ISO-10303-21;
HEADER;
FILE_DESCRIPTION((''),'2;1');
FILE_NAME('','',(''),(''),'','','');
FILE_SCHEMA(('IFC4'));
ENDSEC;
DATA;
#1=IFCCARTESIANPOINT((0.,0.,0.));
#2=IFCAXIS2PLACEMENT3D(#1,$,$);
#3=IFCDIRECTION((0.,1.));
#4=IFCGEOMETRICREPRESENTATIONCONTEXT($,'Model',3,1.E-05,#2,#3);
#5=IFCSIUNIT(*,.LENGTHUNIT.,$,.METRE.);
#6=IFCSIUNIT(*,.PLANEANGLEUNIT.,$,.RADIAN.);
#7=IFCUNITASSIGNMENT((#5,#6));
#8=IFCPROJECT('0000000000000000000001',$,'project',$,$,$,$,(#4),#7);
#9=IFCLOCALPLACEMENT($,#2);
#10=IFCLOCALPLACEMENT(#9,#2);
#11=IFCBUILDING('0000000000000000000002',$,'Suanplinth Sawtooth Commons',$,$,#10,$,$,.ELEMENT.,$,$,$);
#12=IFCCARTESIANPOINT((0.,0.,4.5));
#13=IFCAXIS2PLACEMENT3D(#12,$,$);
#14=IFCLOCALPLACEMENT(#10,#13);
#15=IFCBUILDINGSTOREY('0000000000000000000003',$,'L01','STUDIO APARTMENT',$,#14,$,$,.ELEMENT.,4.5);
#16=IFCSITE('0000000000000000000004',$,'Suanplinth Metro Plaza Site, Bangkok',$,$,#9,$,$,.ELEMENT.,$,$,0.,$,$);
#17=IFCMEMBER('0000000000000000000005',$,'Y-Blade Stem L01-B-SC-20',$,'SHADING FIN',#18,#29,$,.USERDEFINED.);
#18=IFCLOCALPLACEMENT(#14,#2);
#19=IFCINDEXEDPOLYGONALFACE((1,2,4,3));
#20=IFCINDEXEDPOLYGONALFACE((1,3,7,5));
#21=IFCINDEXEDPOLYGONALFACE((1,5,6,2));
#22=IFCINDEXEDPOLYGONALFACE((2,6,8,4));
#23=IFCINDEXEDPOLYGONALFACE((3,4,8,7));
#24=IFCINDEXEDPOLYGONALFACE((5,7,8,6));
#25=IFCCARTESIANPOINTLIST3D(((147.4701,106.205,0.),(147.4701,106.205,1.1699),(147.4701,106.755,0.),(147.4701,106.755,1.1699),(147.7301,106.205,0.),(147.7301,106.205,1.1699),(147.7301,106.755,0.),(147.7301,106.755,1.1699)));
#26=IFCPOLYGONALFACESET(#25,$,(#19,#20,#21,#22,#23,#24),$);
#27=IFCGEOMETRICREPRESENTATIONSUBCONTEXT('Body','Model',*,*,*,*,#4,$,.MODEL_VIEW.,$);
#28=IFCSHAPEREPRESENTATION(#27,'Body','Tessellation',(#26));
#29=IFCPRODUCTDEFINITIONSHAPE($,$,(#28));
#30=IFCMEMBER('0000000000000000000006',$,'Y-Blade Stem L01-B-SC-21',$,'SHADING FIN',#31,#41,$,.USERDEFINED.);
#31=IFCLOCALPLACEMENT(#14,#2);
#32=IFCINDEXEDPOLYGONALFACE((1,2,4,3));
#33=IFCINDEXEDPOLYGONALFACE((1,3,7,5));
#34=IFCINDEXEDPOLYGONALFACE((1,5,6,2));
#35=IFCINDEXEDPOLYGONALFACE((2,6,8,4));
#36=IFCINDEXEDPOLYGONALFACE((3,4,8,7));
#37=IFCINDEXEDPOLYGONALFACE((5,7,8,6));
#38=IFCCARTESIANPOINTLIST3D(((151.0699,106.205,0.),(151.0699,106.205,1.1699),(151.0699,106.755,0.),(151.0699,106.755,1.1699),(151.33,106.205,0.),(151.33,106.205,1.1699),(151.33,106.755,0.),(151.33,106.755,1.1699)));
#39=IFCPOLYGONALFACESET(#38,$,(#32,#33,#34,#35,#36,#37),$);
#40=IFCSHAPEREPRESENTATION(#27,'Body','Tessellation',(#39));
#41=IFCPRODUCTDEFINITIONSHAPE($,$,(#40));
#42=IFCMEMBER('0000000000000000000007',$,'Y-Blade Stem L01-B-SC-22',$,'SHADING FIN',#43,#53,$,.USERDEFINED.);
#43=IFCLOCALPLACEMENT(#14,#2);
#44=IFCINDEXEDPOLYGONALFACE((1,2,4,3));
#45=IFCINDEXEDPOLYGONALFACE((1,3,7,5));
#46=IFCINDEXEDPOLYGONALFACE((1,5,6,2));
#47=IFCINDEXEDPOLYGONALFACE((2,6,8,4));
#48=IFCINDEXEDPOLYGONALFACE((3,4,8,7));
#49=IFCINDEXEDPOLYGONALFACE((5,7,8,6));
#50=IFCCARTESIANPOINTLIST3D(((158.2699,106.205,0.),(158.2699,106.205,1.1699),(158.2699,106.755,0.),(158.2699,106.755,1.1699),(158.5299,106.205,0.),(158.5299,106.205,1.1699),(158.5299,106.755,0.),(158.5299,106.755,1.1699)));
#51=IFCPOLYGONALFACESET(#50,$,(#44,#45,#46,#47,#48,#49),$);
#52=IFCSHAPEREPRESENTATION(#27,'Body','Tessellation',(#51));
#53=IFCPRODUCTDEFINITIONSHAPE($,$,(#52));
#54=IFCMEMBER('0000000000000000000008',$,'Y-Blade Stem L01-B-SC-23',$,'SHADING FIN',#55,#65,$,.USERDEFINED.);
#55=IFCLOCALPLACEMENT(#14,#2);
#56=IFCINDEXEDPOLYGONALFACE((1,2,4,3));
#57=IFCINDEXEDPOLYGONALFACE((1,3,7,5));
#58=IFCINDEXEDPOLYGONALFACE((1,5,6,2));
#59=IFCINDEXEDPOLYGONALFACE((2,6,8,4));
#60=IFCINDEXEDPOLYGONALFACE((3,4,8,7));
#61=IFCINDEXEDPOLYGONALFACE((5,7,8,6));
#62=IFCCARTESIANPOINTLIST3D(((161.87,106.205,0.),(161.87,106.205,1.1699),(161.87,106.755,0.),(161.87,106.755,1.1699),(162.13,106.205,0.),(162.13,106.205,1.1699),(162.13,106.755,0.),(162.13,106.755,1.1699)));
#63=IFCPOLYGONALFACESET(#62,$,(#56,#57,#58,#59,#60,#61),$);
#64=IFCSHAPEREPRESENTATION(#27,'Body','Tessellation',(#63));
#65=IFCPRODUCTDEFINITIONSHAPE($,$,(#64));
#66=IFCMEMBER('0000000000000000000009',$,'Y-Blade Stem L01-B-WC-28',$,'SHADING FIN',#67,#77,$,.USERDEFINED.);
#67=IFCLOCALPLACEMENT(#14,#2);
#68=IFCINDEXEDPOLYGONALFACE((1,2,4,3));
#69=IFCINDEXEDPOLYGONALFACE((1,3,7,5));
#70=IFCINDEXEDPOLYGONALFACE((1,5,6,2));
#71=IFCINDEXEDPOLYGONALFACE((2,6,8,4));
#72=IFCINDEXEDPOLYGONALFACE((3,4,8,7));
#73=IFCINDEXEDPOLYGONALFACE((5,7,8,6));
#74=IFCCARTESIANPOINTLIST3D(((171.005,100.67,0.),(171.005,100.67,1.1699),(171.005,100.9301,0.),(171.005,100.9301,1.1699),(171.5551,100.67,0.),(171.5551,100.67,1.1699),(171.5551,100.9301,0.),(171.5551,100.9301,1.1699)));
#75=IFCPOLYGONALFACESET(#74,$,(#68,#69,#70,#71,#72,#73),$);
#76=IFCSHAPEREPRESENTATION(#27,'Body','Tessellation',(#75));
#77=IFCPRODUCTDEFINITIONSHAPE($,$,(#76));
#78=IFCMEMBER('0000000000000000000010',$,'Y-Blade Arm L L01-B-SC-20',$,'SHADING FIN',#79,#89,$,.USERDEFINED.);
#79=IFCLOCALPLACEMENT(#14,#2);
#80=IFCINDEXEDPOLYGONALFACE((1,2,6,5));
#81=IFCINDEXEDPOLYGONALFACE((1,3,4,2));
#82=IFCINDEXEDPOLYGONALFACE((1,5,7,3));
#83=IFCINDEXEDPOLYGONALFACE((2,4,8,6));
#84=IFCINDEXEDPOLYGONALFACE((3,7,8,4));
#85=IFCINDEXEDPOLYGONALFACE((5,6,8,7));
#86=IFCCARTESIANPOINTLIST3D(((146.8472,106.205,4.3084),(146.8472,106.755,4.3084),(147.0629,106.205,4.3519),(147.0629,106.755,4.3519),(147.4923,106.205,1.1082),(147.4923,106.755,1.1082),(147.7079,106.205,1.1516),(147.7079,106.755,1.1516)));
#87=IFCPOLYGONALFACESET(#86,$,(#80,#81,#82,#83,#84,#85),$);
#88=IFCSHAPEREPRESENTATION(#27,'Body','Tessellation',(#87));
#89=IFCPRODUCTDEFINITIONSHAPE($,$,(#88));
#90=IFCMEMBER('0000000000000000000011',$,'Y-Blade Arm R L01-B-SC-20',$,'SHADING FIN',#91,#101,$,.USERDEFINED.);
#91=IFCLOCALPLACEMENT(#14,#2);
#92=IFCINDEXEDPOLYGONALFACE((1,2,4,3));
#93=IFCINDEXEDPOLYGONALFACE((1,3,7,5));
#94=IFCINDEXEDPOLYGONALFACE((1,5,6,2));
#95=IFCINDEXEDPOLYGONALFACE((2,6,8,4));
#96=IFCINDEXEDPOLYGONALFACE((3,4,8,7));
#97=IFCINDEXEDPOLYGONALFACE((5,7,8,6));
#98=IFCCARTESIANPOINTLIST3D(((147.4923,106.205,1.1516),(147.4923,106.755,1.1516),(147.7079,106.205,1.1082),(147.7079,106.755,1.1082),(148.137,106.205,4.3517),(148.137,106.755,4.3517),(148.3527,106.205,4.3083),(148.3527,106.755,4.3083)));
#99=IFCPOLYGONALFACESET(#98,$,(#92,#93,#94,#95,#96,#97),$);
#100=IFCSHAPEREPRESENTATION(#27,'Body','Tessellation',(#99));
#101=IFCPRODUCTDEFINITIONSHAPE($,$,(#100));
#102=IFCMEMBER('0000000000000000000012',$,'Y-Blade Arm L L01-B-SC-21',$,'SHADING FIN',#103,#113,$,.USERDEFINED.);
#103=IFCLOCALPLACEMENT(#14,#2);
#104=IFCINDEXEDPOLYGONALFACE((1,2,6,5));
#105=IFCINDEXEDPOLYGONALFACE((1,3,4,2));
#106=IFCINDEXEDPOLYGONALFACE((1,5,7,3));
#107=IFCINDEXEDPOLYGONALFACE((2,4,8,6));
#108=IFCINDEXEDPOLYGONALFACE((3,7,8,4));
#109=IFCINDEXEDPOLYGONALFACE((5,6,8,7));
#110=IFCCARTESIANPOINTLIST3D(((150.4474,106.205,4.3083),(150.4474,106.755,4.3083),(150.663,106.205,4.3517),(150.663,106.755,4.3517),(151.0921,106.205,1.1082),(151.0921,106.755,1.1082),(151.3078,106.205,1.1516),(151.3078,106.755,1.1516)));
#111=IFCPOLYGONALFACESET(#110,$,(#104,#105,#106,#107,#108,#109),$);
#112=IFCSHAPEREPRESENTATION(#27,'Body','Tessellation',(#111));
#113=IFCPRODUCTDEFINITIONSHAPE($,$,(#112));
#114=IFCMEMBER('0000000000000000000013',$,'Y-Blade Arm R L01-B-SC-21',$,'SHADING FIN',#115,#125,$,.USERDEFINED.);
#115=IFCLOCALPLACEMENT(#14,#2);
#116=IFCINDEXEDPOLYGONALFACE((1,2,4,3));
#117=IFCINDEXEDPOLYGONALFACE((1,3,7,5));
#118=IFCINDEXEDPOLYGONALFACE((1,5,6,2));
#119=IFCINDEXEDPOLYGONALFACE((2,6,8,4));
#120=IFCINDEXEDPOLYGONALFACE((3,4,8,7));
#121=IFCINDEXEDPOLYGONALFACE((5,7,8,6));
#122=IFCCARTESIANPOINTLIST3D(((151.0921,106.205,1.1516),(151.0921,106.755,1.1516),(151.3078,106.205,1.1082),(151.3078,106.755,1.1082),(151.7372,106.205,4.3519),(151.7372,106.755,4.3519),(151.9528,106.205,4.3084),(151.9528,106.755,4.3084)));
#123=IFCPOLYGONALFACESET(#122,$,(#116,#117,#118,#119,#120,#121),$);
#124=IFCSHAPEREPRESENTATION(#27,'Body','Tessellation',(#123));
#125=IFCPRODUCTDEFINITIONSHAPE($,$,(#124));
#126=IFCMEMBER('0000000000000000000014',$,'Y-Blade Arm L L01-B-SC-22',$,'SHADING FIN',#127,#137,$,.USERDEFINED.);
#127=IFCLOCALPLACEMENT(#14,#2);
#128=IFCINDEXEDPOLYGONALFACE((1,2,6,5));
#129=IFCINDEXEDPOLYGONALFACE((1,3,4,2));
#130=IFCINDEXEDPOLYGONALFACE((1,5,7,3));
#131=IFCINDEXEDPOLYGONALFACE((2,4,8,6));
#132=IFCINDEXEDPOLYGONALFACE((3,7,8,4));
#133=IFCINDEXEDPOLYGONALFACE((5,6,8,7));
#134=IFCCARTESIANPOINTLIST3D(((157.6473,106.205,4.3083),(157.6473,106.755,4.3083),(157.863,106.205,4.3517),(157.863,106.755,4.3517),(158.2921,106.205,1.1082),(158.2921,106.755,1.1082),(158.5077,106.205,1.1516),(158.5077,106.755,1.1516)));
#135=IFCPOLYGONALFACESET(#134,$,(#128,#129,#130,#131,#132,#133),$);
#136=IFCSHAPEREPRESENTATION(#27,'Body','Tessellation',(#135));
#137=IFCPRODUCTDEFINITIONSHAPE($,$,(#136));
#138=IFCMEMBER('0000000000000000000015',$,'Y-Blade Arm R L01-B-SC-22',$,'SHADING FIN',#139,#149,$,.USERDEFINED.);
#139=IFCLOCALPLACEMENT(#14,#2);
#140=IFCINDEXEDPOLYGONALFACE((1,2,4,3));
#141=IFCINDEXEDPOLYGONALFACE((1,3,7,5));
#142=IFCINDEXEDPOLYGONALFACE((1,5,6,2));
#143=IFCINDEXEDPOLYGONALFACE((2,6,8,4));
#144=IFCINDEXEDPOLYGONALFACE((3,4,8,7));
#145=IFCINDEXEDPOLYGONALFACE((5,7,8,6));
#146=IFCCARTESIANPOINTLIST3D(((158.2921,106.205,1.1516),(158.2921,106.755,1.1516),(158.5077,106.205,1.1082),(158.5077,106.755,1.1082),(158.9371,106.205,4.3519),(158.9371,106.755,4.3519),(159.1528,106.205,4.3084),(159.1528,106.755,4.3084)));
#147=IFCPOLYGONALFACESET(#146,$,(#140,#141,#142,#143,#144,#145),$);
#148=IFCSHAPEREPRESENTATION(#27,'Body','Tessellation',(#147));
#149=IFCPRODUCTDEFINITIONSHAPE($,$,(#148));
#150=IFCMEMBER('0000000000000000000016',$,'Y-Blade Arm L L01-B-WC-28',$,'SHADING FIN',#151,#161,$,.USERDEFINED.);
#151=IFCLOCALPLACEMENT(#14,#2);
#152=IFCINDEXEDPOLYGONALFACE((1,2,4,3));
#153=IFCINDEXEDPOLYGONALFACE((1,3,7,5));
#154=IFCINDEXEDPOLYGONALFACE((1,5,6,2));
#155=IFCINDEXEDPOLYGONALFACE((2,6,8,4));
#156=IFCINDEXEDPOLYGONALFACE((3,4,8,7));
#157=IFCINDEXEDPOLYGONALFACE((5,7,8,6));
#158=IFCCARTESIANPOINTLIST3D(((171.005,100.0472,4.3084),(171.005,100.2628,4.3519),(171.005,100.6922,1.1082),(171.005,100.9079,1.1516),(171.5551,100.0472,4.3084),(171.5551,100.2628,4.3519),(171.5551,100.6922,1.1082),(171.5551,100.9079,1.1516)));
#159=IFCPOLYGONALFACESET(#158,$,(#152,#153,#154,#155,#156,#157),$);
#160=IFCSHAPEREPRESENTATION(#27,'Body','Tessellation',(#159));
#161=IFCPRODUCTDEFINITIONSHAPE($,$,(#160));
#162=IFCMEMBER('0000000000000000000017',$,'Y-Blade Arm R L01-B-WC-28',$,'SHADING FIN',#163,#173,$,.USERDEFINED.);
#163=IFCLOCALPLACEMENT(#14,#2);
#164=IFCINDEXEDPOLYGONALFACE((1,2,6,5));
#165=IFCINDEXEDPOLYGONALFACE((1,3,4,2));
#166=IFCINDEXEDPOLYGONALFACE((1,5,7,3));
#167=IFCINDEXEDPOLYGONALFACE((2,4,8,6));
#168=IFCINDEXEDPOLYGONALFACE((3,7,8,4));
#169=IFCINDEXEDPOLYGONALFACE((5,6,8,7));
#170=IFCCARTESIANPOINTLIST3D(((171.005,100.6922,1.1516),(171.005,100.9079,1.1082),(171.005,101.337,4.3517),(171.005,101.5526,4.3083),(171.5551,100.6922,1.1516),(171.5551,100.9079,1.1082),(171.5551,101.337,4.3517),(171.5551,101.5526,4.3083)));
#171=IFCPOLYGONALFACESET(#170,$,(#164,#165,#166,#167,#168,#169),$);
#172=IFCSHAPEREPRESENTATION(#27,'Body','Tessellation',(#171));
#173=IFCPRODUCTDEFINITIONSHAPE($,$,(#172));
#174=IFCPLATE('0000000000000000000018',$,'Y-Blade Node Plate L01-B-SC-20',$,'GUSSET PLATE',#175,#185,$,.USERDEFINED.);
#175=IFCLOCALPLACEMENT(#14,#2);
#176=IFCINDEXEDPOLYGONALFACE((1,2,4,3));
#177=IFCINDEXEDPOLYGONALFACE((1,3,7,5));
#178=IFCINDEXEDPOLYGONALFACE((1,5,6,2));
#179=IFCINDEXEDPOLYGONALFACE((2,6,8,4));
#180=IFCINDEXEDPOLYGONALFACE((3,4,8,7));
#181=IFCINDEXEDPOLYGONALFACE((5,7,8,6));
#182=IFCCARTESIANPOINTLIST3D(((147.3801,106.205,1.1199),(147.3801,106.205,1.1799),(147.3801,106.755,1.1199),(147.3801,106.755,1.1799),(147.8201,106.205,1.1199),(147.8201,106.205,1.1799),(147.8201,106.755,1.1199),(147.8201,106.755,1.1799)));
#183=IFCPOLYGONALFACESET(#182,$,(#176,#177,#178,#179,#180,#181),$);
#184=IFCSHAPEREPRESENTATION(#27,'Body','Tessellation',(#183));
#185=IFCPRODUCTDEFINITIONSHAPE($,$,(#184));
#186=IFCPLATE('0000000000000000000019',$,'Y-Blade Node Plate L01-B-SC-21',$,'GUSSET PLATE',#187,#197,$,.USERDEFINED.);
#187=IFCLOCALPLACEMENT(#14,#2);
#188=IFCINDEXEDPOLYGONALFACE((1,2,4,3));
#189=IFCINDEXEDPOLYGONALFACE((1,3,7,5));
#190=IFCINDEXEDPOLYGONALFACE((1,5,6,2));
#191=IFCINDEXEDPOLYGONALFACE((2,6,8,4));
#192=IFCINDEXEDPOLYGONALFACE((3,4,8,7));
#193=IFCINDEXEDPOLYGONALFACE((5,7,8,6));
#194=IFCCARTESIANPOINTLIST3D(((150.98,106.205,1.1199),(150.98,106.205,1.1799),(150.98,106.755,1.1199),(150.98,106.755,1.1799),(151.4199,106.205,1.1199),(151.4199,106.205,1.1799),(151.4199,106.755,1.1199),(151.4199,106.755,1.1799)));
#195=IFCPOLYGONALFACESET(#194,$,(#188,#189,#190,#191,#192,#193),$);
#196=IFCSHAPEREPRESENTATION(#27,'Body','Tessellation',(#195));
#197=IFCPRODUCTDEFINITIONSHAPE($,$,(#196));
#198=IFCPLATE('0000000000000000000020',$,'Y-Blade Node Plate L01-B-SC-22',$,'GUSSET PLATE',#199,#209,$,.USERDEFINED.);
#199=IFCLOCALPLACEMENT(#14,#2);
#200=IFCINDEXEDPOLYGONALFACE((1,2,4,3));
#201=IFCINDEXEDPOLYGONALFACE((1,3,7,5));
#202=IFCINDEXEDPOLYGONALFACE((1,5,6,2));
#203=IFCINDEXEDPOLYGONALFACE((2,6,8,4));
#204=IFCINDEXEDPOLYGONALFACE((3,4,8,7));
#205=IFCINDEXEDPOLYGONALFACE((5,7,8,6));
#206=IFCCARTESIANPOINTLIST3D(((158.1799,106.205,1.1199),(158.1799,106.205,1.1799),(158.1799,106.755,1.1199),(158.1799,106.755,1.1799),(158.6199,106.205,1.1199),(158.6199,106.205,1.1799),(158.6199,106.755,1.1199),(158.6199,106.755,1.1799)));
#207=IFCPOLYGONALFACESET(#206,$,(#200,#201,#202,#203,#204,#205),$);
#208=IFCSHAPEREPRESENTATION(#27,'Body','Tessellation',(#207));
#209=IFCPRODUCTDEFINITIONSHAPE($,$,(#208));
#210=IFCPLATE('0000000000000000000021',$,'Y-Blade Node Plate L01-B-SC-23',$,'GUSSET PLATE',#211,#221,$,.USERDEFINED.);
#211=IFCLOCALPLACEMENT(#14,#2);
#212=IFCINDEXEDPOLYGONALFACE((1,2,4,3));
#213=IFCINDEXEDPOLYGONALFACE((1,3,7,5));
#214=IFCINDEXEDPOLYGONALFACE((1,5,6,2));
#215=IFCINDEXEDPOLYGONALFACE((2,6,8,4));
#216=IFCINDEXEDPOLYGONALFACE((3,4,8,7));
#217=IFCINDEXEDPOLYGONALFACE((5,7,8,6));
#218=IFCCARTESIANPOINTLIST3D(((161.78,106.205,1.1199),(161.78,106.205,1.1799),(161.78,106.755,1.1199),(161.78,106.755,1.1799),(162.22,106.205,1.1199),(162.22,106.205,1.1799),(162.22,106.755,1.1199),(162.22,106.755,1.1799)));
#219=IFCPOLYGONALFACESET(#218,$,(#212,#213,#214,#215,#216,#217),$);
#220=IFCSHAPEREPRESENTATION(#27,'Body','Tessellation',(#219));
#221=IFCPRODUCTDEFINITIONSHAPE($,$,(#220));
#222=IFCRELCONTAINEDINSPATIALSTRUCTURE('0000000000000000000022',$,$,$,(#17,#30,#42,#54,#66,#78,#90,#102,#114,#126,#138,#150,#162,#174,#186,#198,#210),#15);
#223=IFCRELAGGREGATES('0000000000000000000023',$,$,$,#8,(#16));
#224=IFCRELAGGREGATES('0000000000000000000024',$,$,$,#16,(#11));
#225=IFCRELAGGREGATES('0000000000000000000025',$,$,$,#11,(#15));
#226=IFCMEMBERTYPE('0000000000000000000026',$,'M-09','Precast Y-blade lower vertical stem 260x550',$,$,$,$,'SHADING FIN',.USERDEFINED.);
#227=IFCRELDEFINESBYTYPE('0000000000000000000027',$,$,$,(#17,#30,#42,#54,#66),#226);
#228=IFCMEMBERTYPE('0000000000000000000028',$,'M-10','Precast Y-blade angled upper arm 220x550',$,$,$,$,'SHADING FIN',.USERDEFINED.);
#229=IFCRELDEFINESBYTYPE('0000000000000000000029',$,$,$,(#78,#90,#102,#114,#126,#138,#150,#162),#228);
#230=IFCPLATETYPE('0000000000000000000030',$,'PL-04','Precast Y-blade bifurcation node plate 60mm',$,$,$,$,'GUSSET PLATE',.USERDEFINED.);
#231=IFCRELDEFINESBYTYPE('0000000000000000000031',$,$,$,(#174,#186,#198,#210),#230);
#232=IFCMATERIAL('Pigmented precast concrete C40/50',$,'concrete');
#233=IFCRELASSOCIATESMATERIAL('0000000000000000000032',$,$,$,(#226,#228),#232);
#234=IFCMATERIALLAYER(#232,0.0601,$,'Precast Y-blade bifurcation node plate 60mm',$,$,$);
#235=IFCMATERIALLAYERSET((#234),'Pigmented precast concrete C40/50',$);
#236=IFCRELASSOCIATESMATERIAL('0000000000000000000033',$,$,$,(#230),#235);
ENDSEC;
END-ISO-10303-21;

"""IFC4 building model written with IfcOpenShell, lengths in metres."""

from ifc_helpers import new_model, si_unit, direction, frame, origin, origin_2d, place, context, subcontext, project, spatial, rectangle, extrude, material, layer, layer_set, material_profile, profile_set, type_object, element, save


model = new_model("IFC4")

# Units and contexts
model_context = context("Model", 3, precision=1e-05, world=origin(), true_north=direction((0.0, 1.0)))
body_context = subcontext(model_context, "Body", "Model", "MODEL_VIEW")
ifc_project = project(units=[si_unit("LENGTHUNIT", "METRE"), si_unit("PLANEANGLEUNIT", "RADIAN")], contexts=[model_context])

# Site, building, storey
site_placement = place(None, origin())
site = spatial("IfcSite", under=ifc_project, at=site_placement, Name="Suanplinth Metro Plaza Site, Bangkok", CompositionType="ELEMENT", RefElevation=0.0)
building_placement = place(site_placement, origin())
building = spatial("IfcBuilding", under=site, at=building_placement, Name="Suanplinth Sawtooth Commons", CompositionType="ELEMENT")
storey_placement = place(building_placement, frame((0.0, 0.0, 4.5)))
storey = spatial("IfcBuildingStorey", under=building, at=storey_placement, Name="L01", Description="STUDIO APARTMENT", CompositionType="ELEMENT", Elevation=4.5)

# Members
ifc_material_1 = material(Name="Pigmented precast concrete C40/50", Category="concrete")
ifc_material_profile_1 = material_profile(ifc_material_1, rectangle(XDim=0.26, YDim=0.55, at=origin_2d()), Name="PC-FIN 260x550")
ifc_profile_set_1 = profile_set([ifc_material_profile_1], Name="Pigmented precast concrete C40/50")
member_type_1 = type_object("IfcMemberType", Name="M-09", Description="Precast Y-blade lower vertical stem 260x550", ElementType="SHADING FIN", PredefinedType="USERDEFINED", material=ifc_profile_set_1)
for number, where, z_axis, x_axis, name in (
    (1, (147.6001, 106.48, 0.0), (0.0, 0.0, 1.0), (1.0, 0.0, 0.0), "Y-Blade Stem L01-B-SC-20"),
    (2, (151.2, 106.48, 0.0), (0.0, 0.0, 1.0), (1.0, 0.0, 0.0), "Y-Blade Stem L01-B-SC-21"),
    (3, (158.3999, 106.48, 0.0), (0.0, 0.0, 1.0), (1.0, 0.0, 0.0), "Y-Blade Stem L01-B-SC-22"),
    (4, (162.0, 106.48, 0.0), (0.0, 0.0, 1.0), (1.0, 0.0, 0.0), "Y-Blade Stem L01-B-SC-23"),
    (5, (171.28, 100.8, 0.0), (0.0, 0.0, 1.0), (0.0, 1.0, 0.0), "Y-Blade Stem L01-B-WC-28"),
):
    element("IfcMember", number, at=place(storey_placement, frame(where, z_axis=z_axis, x_axis=x_axis)), inside=storey, type_object=member_type_1, Name=name, ObjectType="SHADING FIN", PredefinedType="USERDEFINED", context=body_context, shape_type="SweptSolid", body=[
        extrude(rectangle(XDim=0.26, YDim=0.55, at=origin_2d()), origin(), (0.0, 0.0, 1.0), 1.1699),
    ])
ifc_material_profile_2 = material_profile(ifc_material_1, rectangle(XDim=0.22, YDim=0.55, at=origin_2d()), Name="PC-FIN 220x550")
ifc_profile_set_2 = profile_set([ifc_material_profile_2], Name="Pigmented precast concrete C40/50")
member_type_2 = type_object("IfcMemberType", Name="M-10", Description="Precast Y-blade angled upper arm 220x550", ElementType="SHADING FIN", PredefinedType="USERDEFINED", material=ifc_profile_set_2)
member_1_placement = place(storey_placement, frame((147.6001, 106.48, 1.1299), z_axis=(-0.197583, 0.0, 0.980286), x_axis=(0.980286, 0.0, 0.197583)))
element("IfcMember", 6, at=member_1_placement, inside=storey, type_object=member_type_2, Name="Y-Blade Arm L L01-B-SC-20", ObjectType="SHADING FIN", PredefinedType="USERDEFINED", context=body_context, shape_type="SweptSolid", body=[
    extrude(rectangle(XDim=0.22, YDim=0.55, at=origin_2d()), origin(), (0.0, 0.0, 1.0), 3.2646),
])
for number, where, z_axis, x_axis, name in (
    (7, (147.6001, 106.48, 1.1299), (0.197511, 0.0, 0.980301), (-0.980301, 0.0, 0.197511), "Y-Blade Arm R L01-B-SC-20"),
    (8, (151.2, 106.48, 1.1299), (-0.197511, 0.0, 0.980301), (0.980301, 0.0, 0.197511), "Y-Blade Arm L L01-B-SC-21"),
):
    element("IfcMember", number, at=place(storey_placement, frame(where, z_axis=z_axis, x_axis=x_axis)), inside=storey, type_object=member_type_2, Name=name, ObjectType="SHADING FIN", PredefinedType="USERDEFINED", context=body_context, shape_type="SweptSolid", body=[
        extrude(rectangle(XDim=0.22, YDim=0.55, at=origin_2d()), origin(), (0.0, 0.0, 1.0), 3.2644),
    ])
member_2_placement = place(storey_placement, frame((151.2, 106.48, 1.1299), z_axis=(0.197583, 0.0, 0.980286), x_axis=(-0.980286, 0.0, 0.197583)))
element("IfcMember", 9, at=member_2_placement, inside=storey, type_object=member_type_2, Name="Y-Blade Arm R L01-B-SC-21", ObjectType="SHADING FIN", PredefinedType="USERDEFINED", context=body_context, shape_type="SweptSolid", body=[
    extrude(rectangle(XDim=0.22, YDim=0.55, at=origin_2d()), origin(), (0.0, 0.0, 1.0), 3.2646),
])
member_3_placement = place(storey_placement, frame((158.3999, 106.48, 1.1299), z_axis=(-0.197511, 0.0, 0.980301), x_axis=(0.980301, 0.0, 0.197511)))
element("IfcMember", 10, at=member_3_placement, inside=storey, type_object=member_type_2, Name="Y-Blade Arm L L01-B-SC-22", ObjectType="SHADING FIN", PredefinedType="USERDEFINED", context=body_context, shape_type="SweptSolid", body=[
    extrude(rectangle(XDim=0.22, YDim=0.55, at=origin_2d()), origin(), (0.0, 0.0, 1.0), 3.2644),
])
for number, where, z_axis, x_axis, name in (
    (11, (158.3999, 106.48, 1.1299), (0.197583, 0.0, 0.980286), (-0.980286, 0.0, 0.197583), "Y-Blade Arm R L01-B-SC-22"),
    (12, (171.28, 100.8, 1.1299), (0.0, -0.197583, 0.980286), (0.0, 0.980286, 0.197583), "Y-Blade Arm L L01-B-WC-28"),
):
    element("IfcMember", number, at=place(storey_placement, frame(where, z_axis=z_axis, x_axis=x_axis)), inside=storey, type_object=member_type_2, Name=name, ObjectType="SHADING FIN", PredefinedType="USERDEFINED", context=body_context, shape_type="SweptSolid", body=[
        extrude(rectangle(XDim=0.22, YDim=0.55, at=origin_2d()), origin(), (0.0, 0.0, 1.0), 3.2646),
    ])
member_4_placement = place(storey_placement, frame((171.28, 100.8, 1.1299), z_axis=(0.0, 0.197511, 0.980301), x_axis=(0.0, -0.980301, 0.197511)))
element("IfcMember", 13, at=member_4_placement, inside=storey, type_object=member_type_2, Name="Y-Blade Arm R L01-B-WC-28", ObjectType="SHADING FIN", PredefinedType="USERDEFINED", context=body_context, shape_type="SweptSolid", body=[
    extrude(rectangle(XDim=0.22, YDim=0.55, at=origin_2d()), origin(), (0.0, 0.0, 1.0), 3.2644),
])

# Plates
ifc_layer = layer(ifc_material_1, 0.0601, Name="Precast Y-blade bifurcation node plate 60mm")
ifc_layer_set = layer_set([ifc_layer], Name="Pigmented precast concrete C40/50")
plate_type = type_object("IfcPlateType", Name="PL-04", Description="Precast Y-blade bifurcation node plate 60mm", ElementType="GUSSET PLATE", PredefinedType="USERDEFINED", material=ifc_layer_set)
for number, where, z_axis, x_axis, name in (
    (14, (147.6001, 106.48, 1.1199), (0.0, 0.0, 1.0), (1.0, 0.0, 0.0), "Y-Blade Node Plate L01-B-SC-20"),
    (15, (151.2, 106.48, 1.1199), (0.0, 0.0, 1.0), (1.0, 0.0, 0.0), "Y-Blade Node Plate L01-B-SC-21"),
    (16, (158.3999, 106.48, 1.1199), (0.0, 0.0, 1.0), (1.0, 0.0, 0.0), "Y-Blade Node Plate L01-B-SC-22"),
    (17, (162.0, 106.48, 1.1199), (0.0, 0.0, 1.0), (1.0, 0.0, 0.0), "Y-Blade Node Plate L01-B-SC-23"),
):
    element("IfcPlate", number, at=place(storey_placement, frame(where, z_axis=z_axis, x_axis=x_axis)), inside=storey, type_object=plate_type, Name=name, ObjectType="GUSSET PLATE", PredefinedType="USERDEFINED", context=body_context, shape_type="SweptSolid", body=[
        extrude(rectangle(XDim=0.4399, YDim=0.55, at=origin_2d()), origin(), (0.0, 0.0, 1.0), 0.0601),
    ])

save(model, "model.ifc")
